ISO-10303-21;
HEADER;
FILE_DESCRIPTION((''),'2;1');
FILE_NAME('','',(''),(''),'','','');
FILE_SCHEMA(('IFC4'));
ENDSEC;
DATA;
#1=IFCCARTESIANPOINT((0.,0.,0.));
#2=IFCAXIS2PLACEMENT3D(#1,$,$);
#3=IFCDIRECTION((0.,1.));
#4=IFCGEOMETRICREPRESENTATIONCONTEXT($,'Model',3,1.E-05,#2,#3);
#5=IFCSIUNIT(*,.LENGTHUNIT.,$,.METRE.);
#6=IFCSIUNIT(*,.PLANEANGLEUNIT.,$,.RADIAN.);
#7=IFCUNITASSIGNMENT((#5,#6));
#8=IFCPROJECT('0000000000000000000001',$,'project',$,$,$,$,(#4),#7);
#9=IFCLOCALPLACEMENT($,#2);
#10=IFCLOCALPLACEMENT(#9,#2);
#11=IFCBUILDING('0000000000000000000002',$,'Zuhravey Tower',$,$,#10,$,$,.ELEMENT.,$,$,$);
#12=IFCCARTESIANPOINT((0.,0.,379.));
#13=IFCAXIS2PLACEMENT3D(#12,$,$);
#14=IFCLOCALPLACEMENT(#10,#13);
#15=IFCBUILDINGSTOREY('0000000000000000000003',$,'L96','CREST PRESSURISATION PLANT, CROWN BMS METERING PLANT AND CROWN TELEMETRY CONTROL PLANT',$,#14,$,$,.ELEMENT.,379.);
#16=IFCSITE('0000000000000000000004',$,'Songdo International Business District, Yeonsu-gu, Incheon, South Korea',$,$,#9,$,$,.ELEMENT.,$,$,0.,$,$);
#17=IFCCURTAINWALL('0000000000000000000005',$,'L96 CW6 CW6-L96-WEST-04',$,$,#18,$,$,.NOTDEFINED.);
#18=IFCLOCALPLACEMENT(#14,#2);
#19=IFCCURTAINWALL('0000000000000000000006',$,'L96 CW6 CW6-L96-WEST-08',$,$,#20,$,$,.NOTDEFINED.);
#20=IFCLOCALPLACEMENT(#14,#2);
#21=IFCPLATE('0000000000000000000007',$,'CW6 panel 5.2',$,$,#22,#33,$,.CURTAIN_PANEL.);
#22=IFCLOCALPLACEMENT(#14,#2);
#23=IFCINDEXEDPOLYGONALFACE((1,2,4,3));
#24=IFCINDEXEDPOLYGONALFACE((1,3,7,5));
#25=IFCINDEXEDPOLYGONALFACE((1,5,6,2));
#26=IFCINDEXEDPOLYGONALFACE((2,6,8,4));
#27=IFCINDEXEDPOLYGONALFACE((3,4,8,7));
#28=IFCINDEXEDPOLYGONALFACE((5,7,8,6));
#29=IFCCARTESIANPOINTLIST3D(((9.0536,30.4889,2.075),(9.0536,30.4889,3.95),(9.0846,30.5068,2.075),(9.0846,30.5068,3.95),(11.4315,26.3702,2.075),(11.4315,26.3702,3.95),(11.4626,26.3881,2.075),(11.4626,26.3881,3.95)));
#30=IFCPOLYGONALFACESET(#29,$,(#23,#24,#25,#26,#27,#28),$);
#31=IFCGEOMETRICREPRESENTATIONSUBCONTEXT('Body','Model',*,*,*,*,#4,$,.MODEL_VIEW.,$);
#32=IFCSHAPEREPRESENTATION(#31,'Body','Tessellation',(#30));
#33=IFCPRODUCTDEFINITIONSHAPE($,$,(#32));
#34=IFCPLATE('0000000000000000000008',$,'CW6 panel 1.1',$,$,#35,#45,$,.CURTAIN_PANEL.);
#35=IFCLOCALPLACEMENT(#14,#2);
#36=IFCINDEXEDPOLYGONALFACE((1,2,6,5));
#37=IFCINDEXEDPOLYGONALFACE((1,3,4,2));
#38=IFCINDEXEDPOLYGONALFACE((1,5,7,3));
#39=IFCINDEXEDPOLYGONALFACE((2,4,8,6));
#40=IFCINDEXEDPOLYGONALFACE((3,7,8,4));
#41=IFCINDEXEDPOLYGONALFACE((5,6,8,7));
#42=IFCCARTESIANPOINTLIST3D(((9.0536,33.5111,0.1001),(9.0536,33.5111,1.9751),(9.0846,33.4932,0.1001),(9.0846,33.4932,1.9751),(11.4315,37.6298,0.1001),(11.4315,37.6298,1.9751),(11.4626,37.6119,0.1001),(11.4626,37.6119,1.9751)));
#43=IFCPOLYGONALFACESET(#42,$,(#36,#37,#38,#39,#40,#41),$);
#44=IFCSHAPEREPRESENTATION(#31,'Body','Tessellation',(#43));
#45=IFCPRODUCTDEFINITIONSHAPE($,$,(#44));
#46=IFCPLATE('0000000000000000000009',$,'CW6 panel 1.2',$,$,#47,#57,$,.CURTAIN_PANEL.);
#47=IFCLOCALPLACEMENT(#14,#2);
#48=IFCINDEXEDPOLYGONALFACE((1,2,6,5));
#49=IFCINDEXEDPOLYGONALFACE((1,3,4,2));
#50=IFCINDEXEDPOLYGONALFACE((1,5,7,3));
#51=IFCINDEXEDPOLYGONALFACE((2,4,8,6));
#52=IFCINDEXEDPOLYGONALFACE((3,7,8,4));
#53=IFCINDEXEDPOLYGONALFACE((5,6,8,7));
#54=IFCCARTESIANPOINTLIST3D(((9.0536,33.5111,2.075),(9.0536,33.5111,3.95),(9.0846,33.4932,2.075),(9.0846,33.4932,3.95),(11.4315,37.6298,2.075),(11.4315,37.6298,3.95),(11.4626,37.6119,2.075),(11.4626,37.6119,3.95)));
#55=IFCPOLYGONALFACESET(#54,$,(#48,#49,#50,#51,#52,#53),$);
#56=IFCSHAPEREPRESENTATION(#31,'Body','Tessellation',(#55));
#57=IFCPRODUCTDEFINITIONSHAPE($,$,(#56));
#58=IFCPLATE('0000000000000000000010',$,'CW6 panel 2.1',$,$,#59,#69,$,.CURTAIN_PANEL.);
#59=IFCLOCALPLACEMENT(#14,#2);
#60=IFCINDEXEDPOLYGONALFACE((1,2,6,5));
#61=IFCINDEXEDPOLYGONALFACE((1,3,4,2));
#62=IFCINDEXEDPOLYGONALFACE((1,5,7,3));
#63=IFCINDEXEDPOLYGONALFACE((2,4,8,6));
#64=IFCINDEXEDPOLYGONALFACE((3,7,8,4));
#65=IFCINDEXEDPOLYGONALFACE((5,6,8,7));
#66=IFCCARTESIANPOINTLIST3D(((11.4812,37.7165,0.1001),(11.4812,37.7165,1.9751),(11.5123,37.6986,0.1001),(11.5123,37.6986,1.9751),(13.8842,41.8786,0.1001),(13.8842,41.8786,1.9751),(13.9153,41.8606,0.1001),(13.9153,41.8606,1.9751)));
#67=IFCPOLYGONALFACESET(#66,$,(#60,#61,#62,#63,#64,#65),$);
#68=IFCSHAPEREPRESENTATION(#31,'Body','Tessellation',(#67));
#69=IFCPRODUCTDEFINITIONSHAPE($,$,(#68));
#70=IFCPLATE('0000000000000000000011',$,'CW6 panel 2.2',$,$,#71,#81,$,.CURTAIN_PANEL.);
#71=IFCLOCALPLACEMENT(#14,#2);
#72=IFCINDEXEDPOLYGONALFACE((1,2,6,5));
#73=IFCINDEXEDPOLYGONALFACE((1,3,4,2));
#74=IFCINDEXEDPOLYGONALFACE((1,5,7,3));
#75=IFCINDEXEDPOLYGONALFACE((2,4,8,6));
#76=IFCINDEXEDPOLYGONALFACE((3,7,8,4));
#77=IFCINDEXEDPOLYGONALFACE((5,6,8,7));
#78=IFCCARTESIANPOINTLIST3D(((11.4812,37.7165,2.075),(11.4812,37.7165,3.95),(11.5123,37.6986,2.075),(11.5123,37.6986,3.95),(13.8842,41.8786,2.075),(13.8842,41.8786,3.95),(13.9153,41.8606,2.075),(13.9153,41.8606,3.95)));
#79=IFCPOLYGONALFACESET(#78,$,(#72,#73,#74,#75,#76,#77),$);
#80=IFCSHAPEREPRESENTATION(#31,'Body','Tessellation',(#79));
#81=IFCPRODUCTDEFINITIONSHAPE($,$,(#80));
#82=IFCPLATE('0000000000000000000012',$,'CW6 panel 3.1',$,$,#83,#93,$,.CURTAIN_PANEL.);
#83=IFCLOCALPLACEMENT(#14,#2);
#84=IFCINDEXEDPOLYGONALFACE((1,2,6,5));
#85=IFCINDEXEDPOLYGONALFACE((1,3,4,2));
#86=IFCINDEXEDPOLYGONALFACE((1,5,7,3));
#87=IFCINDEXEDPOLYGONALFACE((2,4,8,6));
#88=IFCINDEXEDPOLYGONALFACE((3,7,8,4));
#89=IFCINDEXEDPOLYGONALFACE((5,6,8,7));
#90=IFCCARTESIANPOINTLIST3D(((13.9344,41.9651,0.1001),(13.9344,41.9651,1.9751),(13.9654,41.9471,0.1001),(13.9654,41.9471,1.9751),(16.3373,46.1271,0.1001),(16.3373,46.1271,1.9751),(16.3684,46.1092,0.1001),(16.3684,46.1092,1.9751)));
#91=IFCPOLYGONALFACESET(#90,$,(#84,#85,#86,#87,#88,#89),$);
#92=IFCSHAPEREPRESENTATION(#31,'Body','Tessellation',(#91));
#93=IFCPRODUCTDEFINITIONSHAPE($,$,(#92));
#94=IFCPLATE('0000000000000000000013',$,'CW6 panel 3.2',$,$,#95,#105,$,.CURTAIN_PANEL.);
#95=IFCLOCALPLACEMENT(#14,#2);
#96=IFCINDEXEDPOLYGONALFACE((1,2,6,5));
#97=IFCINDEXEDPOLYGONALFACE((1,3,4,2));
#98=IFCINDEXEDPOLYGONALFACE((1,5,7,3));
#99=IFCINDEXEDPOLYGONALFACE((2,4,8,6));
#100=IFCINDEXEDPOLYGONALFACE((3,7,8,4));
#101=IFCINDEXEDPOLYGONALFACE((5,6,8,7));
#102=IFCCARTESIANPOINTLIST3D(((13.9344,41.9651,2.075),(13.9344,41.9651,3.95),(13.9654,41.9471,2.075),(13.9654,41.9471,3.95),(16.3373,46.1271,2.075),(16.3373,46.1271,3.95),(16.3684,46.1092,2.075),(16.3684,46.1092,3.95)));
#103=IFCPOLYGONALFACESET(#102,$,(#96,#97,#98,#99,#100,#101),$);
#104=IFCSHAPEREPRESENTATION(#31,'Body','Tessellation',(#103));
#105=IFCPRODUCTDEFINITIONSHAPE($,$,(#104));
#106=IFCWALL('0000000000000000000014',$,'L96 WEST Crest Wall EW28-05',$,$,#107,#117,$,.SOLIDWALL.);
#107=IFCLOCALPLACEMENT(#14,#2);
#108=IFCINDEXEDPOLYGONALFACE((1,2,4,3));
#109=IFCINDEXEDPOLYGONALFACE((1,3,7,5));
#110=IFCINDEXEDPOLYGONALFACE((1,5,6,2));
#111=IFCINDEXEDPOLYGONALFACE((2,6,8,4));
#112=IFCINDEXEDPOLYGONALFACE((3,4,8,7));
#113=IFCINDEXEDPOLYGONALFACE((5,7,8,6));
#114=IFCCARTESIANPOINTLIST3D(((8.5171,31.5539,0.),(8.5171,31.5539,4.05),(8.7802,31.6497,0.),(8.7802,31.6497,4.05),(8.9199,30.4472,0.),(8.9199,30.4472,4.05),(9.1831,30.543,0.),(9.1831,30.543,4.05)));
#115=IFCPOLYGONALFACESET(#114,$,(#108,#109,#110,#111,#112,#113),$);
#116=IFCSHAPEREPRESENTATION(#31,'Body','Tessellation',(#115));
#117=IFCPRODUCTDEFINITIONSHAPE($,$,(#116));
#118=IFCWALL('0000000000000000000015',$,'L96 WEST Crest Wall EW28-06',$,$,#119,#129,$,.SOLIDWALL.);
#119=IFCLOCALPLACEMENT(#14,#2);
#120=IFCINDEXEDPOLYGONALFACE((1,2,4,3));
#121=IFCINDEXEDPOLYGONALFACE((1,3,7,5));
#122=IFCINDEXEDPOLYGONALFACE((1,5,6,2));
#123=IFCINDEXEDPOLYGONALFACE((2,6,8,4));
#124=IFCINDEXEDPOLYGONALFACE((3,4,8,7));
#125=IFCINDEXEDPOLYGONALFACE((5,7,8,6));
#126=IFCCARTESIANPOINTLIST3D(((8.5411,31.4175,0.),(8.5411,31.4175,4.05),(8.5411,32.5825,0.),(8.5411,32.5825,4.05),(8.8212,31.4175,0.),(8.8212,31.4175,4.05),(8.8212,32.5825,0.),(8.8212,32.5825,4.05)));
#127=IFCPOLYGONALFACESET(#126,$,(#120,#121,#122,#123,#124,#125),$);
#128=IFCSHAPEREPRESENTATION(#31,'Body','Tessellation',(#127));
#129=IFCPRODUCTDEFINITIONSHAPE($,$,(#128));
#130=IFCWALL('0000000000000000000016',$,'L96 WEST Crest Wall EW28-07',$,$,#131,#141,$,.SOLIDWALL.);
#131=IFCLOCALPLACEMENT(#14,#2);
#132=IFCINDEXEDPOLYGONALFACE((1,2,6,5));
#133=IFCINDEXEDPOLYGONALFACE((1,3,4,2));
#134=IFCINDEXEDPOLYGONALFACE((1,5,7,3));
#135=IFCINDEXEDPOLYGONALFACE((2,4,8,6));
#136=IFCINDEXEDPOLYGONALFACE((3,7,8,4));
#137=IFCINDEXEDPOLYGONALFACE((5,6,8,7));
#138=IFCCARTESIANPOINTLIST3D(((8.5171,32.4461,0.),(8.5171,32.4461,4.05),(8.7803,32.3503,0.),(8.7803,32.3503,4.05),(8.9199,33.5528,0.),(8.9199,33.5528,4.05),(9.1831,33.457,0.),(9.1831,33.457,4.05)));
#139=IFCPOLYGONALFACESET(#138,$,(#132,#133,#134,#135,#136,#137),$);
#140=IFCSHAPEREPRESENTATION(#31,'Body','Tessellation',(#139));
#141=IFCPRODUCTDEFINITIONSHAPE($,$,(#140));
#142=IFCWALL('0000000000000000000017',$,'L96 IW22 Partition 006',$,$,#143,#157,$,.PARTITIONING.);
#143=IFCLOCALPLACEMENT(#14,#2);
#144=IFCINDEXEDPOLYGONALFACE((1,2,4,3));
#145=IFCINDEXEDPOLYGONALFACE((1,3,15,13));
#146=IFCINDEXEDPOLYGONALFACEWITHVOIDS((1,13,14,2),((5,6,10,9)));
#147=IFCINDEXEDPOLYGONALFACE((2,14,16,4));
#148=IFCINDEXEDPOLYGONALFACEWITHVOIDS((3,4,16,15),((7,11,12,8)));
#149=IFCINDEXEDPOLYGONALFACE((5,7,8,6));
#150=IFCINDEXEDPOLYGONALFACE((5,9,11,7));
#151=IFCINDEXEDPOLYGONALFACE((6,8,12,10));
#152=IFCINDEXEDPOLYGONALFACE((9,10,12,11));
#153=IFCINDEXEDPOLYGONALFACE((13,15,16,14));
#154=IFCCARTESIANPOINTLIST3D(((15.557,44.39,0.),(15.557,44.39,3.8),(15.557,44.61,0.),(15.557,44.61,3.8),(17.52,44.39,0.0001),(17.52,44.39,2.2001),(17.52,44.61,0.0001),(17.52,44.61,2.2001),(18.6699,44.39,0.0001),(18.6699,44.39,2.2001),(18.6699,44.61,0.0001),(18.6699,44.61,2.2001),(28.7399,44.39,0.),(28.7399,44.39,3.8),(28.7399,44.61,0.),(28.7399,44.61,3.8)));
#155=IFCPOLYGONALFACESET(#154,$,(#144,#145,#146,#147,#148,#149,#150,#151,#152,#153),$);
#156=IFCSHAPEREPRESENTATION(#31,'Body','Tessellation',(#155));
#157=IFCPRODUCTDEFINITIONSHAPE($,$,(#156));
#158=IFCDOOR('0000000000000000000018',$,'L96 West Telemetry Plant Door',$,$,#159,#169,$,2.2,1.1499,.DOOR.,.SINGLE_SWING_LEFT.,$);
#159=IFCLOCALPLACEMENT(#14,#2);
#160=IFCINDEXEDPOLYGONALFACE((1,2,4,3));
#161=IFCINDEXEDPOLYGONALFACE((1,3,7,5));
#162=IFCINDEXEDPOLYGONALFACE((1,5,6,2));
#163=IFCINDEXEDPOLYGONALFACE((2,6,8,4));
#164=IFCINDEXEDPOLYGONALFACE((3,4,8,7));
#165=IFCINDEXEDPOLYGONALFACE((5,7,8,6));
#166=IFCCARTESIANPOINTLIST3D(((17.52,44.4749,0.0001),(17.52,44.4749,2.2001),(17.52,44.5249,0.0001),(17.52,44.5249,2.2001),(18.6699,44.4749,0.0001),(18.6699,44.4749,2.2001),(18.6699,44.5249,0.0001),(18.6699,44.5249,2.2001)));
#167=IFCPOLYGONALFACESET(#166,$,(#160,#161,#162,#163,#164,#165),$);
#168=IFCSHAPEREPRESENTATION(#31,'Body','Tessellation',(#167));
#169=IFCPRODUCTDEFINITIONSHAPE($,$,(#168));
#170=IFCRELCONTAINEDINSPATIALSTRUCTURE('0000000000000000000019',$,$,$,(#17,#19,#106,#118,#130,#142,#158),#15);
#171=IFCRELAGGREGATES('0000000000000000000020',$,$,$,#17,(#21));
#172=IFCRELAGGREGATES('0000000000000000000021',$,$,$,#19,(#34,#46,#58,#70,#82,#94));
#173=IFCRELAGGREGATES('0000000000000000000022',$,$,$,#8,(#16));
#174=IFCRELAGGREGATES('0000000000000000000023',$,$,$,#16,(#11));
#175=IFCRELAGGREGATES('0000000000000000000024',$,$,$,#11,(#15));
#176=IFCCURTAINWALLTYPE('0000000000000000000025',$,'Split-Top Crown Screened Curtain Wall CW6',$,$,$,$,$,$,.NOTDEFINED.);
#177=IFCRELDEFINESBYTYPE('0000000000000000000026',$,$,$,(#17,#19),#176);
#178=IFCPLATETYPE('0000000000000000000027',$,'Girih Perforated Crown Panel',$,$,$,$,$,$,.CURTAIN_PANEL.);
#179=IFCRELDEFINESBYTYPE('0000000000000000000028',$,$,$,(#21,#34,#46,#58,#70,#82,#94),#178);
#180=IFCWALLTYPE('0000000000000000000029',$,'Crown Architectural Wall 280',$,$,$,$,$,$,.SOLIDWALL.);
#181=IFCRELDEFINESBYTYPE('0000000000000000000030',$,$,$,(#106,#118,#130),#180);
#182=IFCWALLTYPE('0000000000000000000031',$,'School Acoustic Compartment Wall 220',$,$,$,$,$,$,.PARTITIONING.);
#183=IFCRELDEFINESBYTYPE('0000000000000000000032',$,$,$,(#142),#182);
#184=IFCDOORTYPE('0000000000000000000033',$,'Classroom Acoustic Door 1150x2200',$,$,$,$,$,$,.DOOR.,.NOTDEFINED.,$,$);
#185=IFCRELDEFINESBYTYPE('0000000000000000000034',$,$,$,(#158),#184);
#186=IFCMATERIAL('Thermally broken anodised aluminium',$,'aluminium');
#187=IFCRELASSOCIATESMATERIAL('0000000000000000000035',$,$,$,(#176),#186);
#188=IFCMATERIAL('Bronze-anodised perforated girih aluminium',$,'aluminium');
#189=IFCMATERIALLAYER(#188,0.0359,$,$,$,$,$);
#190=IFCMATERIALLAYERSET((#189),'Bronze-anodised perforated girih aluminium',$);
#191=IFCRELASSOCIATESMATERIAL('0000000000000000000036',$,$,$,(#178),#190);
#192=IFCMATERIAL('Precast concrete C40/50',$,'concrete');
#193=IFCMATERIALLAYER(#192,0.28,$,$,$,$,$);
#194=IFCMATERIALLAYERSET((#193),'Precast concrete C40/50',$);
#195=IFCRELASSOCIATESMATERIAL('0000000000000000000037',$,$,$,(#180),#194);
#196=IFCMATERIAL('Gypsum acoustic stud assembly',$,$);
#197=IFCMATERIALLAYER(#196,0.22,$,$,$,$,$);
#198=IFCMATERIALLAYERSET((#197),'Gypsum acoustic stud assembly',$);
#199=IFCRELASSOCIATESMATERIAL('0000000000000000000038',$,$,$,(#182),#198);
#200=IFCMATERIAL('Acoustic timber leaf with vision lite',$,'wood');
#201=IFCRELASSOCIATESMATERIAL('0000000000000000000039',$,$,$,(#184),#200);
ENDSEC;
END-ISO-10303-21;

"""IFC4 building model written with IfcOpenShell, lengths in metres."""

from ifc_helpers import new_model, si_unit, direction, frame, frame_2d, origin, origin_2d, place, context, subcontext, project, spatial, rectangle, extrude, material, layer, layer_set, type_object, element, fill, aggregate, save


model = new_model("IFC4")

# Units and contexts
model_context = context("Model", 3, precision=1e-05, world=origin(), true_north=direction((0.0, 1.0)))
body_context = subcontext(model_context, "Body", "Model", "MODEL_VIEW")
ifc_project = project(units=[si_unit("LENGTHUNIT", "METRE"), si_unit("PLANEANGLEUNIT", "RADIAN")], contexts=[model_context])

# Site, building, storey
site_placement = place(None, origin())
site = spatial("IfcSite", under=ifc_project, at=site_placement, Name="Songdo International Business District, Yeonsu-gu, Incheon, South Korea", CompositionType="ELEMENT", RefElevation=0.0)
building_placement = place(site_placement, origin())
building = spatial("IfcBuilding", under=site, at=building_placement, Name="Zuhravey Tower", CompositionType="ELEMENT")
storey_placement = place(building_placement, frame((0.0, 0.0, 379.0)))
storey = spatial("IfcBuildingStorey", under=building, at=storey_placement, Name="L96", Description="CREST PRESSURISATION PLANT, CROWN BMS METERING PLANT AND CROWN TELEMETRY CONTROL PLANT", CompositionType="ELEMENT", Elevation=379.0)

# Curtain wall
ifc_material_1 = material(Name="Thermally broken anodised aluminium", Category="aluminium")
curtain_wall_type = type_object("IfcCurtainWallType", Name="Split-Top Crown Screened Curtain Wall CW6", PredefinedType="NOTDEFINED", material=ifc_material_1)
curtain_wall_1_placement = place(storey_placement, origin())
curtain_wall_1 = element("IfcCurtainWall", 1, at=curtain_wall_1_placement, inside=storey, type_object=curtain_wall_type, Name="L96 CW6 CW6-L96-WEST-04", PredefinedType="NOTDEFINED")

# Curtain wall
curtain_wall_2_placement = place(storey_placement, origin())
curtain_wall_2 = element("IfcCurtainWall", 2, at=curtain_wall_2_placement, inside=storey, type_object=curtain_wall_type, Name="L96 CW6 CW6-L96-WEST-08", PredefinedType="NOTDEFINED")

# Plates
ifc_material_2 = material(Name="Bronze-anodised perforated girih aluminium", Category="aluminium")
ifc_layer_1 = layer(ifc_material_2, 0.0359)
ifc_layer_set_1 = layer_set([ifc_layer_1], Name="Bronze-anodised perforated girih aluminium")
plate_type = type_object("IfcPlateType", Name="Girih Perforated Crown Panel", PredefinedType="CURTAIN_PANEL", material=ifc_layer_set_1)
plate_1_placement = place(storey_placement, frame((10.2581, 28.4385, 2.075), z_axis=(0.0, 0.0, 1.0), x_axis=(-0.499997, 0.866027, 0.0)))
plate_1 = element("IfcPlate", 3, at=plate_1_placement, type_object=plate_type, Name="CW6 panel 5.2", PredefinedType="CURTAIN_PANEL", context=body_context, shape_type="SweptSolid", body=[
    extrude(rectangle(XDim=4.7559, YDim=0.0359, at=origin_2d()), origin(), (0.0, 0.0, 1.0), 1.875),
])
aggregate(curtain_wall_1, [plate_1])
plate_2_placement = place(storey_placement, frame((10.2581, 35.5615, 0.1001), z_axis=(0.0, 0.0, 1.0), x_axis=(0.499997, 0.866027, 0.0)))
plate_2 = element("IfcPlate", 4, at=plate_2_placement, type_object=plate_type, Name="CW6 panel 1.1", PredefinedType="CURTAIN_PANEL", context=body_context, shape_type="SweptSolid", body=[
    extrude(rectangle(XDim=4.7559, YDim=0.0359, at=origin_2d()), origin(), (0.0, 0.0, 1.0), 1.875),
])
plate_3_placement = place(storey_placement, frame((10.2581, 35.5615, 2.075), z_axis=(0.0, 0.0, 1.0), x_axis=(0.499997, 0.866027, 0.0)))
plate_3 = element("IfcPlate", 5, at=plate_3_placement, type_object=plate_type, Name="CW6 panel 1.2", PredefinedType="CURTAIN_PANEL", context=body_context, shape_type="SweptSolid", body=[
    extrude(rectangle(XDim=4.7559, YDim=0.0359, at=origin_2d()), origin(), (0.0, 0.0, 1.0), 1.875),
])
plate_4_placement = place(storey_placement, frame((12.6982, 39.7886, 0.1001), z_axis=(0.0, 0.0, 1.0), x_axis=(0.499997, 0.866027, 0.0)))
plate_4 = element("IfcPlate", 6, at=plate_4_placement, type_object=plate_type, Name="CW6 panel 2.1", PredefinedType="CURTAIN_PANEL", context=body_context, shape_type="SweptSolid", body=[
    extrude(rectangle(XDim=4.8059, YDim=0.0359, at=origin_2d()), origin(), (0.0, 0.0, 1.0), 1.875),
])
plate_5_placement = place(storey_placement, frame((12.6982, 39.7886, 2.075), z_axis=(0.0, 0.0, 1.0), x_axis=(0.499997, 0.866027, 0.0)))
plate_5 = element("IfcPlate", 7, at=plate_5_placement, type_object=plate_type, Name="CW6 panel 2.2", PredefinedType="CURTAIN_PANEL", context=body_context, shape_type="SweptSolid", body=[
    extrude(rectangle(XDim=4.8059, YDim=0.0359, at=origin_2d()), origin(), (0.0, 0.0, 1.0), 1.875),
])
plate_6_placement = place(storey_placement, frame((15.1514, 44.0371, 0.1001), z_axis=(0.0, 0.0, 1.0), x_axis=(0.499997, 0.866027, 0.0)))
plate_6 = element("IfcPlate", 8, at=plate_6_placement, type_object=plate_type, Name="CW6 panel 3.1", PredefinedType="CURTAIN_PANEL", context=body_context, shape_type="SweptSolid", body=[
    extrude(rectangle(XDim=4.8059, YDim=0.0359, at=origin_2d()), origin(), (0.0, 0.0, 1.0), 1.875),
])
plate_7_placement = place(storey_placement, frame((15.1514, 44.0371, 2.075), z_axis=(0.0, 0.0, 1.0), x_axis=(0.499997, 0.866027, 0.0)))
plate_7 = element("IfcPlate", 9, at=plate_7_placement, type_object=plate_type, Name="CW6 panel 3.2", PredefinedType="CURTAIN_PANEL", context=body_context, shape_type="SweptSolid", body=[
    extrude(rectangle(XDim=4.8059, YDim=0.0359, at=origin_2d()), origin(), (0.0, 0.0, 1.0), 1.875),
])
aggregate(curtain_wall_2, [plate_2, plate_3, plate_4, plate_5, plate_6, plate_7])

# Walls
ifc_material_3 = material(Name="Precast concrete C40/50", Category="concrete")
ifc_layer_2 = layer(ifc_material_3, 0.28)
ifc_layer_set_2 = layer_set([ifc_layer_2], Name="Precast concrete C40/50")
wall_type_1 = type_object("IfcWallType", Name="Crown Architectural Wall 280", PredefinedType="SOLIDWALL", material=ifc_layer_set_2)
wall_1_placement = place(storey_placement, frame((9.0515, 30.4951, 0.0), z_axis=(0.0, 0.0, 1.0), x_axis=(-0.342043, 0.939684, 0.0)))
element("IfcWall", 10, at=wall_1_placement, inside=storey, type_object=wall_type_1, Name="L96 WEST Crest Wall EW28-05", PredefinedType="SOLIDWALL", context=body_context, shape_type="SweptSolid", body=[
    extrude(rectangle(XDim=1.1777, YDim=0.28, at=frame_2d((0.5889, 0.0))), origin(), (0.0, 0.0, 1.0), 4.05),
])
wall_2_placement = place(storey_placement, frame((8.6812, 31.4175, 0.0), z_axis=(0.0, 0.0, 1.0), x_axis=(0.0, 1.0, 0.0)))
element("IfcWall", 11, at=wall_2_placement, inside=storey, type_object=wall_type_1, Name="L96 WEST Crest Wall EW28-06", PredefinedType="SOLIDWALL", context=body_context, shape_type="SweptSolid", body=[
    extrude(rectangle(XDim=1.165, YDim=0.28, at=frame_2d((0.5825, 0.0))), origin(), (0.0, 0.0, 1.0), 4.05),
])
wall_3_placement = place(storey_placement, frame((8.6487, 32.3982, 0.0), z_axis=(0.0, 0.0, 1.0), x_axis=(0.342043, 0.939684, 0.0)))
element("IfcWall", 12, at=wall_3_placement, inside=storey, type_object=wall_type_1, Name="L96 WEST Crest Wall EW28-07", PredefinedType="SOLIDWALL", context=body_context, shape_type="SweptSolid", body=[
    extrude(rectangle(XDim=1.1777, YDim=0.28, at=frame_2d((0.5889, 0.0))), origin(), (0.0, 0.0, 1.0), 4.05),
])

# Wall, opening, door
ifc_material_4 = material(Name="Gypsum acoustic stud assembly")
ifc_layer_3 = layer(ifc_material_4, 0.22)
ifc_layer_set_3 = layer_set([ifc_layer_3], Name="Gypsum acoustic stud assembly")
wall_type_2 = type_object("IfcWallType", Name="School Acoustic Compartment Wall 220", PredefinedType="PARTITIONING", material=ifc_layer_set_3)
wall_4_placement = place(storey_placement, frame((15.5571, 44.5, 0.0), z_axis=(0.0, 0.0, 1.0), x_axis=(1.0, 0.0, 0.0)))
wall_4 = element("IfcWall", 13, at=wall_4_placement, inside=storey, type_object=wall_type_2, Name="L96 IW22 Partition 006", PredefinedType="PARTITIONING", context=body_context, shape_type="SweptSolid", body=[
    extrude(rectangle(XDim=13.1829, YDim=0.22, at=frame_2d((6.5913, 0.0))), origin(), (0.0, 0.0, 1.0), 3.8),
])
opening_placement = place(wall_4_placement, frame((1.9629, 0.0, 0.0)))
opening = element("IfcOpeningElement", 14, at=opening_placement, cuts=wall_4, PredefinedType="OPENING", context=body_context, shape_type="SweptSolid", body=[
    extrude(rectangle(XDim=1.1499, YDim=2.2, at=frame_2d((0.575, 1.1001))), frame((0.0, 0.1221, 0.0), z_axis=(0.0, -1.0, 0.0), x_axis=(1.0, 0.0, 0.0)), (0.0, 0.0, 1.0), 0.2439),
])
ifc_material_5 = material(Name="Acoustic timber leaf with vision lite", Category="wood")
door_type = type_object("IfcDoorType", Name="Classroom Acoustic Door 1150x2200", OperationType="NOTDEFINED", PredefinedType="DOOR", material=ifc_material_5)
door_placement = place(opening_placement, origin())
door = element("IfcDoor", 15, at=door_placement, inside=storey, type_object=door_type, Name="L96 West Telemetry Plant Door", OperationType="SINGLE_SWING_LEFT", OverallHeight=2.2, OverallWidth=1.1499, PredefinedType="DOOR", context=body_context, shape_type="SweptSolid", body=[
    extrude(rectangle(XDim=1.1499, YDim=2.2, at=frame_2d((0.575, 1.1001))), frame((0.0, 0.0249, 0.0), z_axis=(0.0, -1.0, 0.0), x_axis=(1.0, 0.0, 0.0)), (0.0, 0.0, 1.0), 0.05),
])
fill(opening, door)

save(model, "model.ifc")
